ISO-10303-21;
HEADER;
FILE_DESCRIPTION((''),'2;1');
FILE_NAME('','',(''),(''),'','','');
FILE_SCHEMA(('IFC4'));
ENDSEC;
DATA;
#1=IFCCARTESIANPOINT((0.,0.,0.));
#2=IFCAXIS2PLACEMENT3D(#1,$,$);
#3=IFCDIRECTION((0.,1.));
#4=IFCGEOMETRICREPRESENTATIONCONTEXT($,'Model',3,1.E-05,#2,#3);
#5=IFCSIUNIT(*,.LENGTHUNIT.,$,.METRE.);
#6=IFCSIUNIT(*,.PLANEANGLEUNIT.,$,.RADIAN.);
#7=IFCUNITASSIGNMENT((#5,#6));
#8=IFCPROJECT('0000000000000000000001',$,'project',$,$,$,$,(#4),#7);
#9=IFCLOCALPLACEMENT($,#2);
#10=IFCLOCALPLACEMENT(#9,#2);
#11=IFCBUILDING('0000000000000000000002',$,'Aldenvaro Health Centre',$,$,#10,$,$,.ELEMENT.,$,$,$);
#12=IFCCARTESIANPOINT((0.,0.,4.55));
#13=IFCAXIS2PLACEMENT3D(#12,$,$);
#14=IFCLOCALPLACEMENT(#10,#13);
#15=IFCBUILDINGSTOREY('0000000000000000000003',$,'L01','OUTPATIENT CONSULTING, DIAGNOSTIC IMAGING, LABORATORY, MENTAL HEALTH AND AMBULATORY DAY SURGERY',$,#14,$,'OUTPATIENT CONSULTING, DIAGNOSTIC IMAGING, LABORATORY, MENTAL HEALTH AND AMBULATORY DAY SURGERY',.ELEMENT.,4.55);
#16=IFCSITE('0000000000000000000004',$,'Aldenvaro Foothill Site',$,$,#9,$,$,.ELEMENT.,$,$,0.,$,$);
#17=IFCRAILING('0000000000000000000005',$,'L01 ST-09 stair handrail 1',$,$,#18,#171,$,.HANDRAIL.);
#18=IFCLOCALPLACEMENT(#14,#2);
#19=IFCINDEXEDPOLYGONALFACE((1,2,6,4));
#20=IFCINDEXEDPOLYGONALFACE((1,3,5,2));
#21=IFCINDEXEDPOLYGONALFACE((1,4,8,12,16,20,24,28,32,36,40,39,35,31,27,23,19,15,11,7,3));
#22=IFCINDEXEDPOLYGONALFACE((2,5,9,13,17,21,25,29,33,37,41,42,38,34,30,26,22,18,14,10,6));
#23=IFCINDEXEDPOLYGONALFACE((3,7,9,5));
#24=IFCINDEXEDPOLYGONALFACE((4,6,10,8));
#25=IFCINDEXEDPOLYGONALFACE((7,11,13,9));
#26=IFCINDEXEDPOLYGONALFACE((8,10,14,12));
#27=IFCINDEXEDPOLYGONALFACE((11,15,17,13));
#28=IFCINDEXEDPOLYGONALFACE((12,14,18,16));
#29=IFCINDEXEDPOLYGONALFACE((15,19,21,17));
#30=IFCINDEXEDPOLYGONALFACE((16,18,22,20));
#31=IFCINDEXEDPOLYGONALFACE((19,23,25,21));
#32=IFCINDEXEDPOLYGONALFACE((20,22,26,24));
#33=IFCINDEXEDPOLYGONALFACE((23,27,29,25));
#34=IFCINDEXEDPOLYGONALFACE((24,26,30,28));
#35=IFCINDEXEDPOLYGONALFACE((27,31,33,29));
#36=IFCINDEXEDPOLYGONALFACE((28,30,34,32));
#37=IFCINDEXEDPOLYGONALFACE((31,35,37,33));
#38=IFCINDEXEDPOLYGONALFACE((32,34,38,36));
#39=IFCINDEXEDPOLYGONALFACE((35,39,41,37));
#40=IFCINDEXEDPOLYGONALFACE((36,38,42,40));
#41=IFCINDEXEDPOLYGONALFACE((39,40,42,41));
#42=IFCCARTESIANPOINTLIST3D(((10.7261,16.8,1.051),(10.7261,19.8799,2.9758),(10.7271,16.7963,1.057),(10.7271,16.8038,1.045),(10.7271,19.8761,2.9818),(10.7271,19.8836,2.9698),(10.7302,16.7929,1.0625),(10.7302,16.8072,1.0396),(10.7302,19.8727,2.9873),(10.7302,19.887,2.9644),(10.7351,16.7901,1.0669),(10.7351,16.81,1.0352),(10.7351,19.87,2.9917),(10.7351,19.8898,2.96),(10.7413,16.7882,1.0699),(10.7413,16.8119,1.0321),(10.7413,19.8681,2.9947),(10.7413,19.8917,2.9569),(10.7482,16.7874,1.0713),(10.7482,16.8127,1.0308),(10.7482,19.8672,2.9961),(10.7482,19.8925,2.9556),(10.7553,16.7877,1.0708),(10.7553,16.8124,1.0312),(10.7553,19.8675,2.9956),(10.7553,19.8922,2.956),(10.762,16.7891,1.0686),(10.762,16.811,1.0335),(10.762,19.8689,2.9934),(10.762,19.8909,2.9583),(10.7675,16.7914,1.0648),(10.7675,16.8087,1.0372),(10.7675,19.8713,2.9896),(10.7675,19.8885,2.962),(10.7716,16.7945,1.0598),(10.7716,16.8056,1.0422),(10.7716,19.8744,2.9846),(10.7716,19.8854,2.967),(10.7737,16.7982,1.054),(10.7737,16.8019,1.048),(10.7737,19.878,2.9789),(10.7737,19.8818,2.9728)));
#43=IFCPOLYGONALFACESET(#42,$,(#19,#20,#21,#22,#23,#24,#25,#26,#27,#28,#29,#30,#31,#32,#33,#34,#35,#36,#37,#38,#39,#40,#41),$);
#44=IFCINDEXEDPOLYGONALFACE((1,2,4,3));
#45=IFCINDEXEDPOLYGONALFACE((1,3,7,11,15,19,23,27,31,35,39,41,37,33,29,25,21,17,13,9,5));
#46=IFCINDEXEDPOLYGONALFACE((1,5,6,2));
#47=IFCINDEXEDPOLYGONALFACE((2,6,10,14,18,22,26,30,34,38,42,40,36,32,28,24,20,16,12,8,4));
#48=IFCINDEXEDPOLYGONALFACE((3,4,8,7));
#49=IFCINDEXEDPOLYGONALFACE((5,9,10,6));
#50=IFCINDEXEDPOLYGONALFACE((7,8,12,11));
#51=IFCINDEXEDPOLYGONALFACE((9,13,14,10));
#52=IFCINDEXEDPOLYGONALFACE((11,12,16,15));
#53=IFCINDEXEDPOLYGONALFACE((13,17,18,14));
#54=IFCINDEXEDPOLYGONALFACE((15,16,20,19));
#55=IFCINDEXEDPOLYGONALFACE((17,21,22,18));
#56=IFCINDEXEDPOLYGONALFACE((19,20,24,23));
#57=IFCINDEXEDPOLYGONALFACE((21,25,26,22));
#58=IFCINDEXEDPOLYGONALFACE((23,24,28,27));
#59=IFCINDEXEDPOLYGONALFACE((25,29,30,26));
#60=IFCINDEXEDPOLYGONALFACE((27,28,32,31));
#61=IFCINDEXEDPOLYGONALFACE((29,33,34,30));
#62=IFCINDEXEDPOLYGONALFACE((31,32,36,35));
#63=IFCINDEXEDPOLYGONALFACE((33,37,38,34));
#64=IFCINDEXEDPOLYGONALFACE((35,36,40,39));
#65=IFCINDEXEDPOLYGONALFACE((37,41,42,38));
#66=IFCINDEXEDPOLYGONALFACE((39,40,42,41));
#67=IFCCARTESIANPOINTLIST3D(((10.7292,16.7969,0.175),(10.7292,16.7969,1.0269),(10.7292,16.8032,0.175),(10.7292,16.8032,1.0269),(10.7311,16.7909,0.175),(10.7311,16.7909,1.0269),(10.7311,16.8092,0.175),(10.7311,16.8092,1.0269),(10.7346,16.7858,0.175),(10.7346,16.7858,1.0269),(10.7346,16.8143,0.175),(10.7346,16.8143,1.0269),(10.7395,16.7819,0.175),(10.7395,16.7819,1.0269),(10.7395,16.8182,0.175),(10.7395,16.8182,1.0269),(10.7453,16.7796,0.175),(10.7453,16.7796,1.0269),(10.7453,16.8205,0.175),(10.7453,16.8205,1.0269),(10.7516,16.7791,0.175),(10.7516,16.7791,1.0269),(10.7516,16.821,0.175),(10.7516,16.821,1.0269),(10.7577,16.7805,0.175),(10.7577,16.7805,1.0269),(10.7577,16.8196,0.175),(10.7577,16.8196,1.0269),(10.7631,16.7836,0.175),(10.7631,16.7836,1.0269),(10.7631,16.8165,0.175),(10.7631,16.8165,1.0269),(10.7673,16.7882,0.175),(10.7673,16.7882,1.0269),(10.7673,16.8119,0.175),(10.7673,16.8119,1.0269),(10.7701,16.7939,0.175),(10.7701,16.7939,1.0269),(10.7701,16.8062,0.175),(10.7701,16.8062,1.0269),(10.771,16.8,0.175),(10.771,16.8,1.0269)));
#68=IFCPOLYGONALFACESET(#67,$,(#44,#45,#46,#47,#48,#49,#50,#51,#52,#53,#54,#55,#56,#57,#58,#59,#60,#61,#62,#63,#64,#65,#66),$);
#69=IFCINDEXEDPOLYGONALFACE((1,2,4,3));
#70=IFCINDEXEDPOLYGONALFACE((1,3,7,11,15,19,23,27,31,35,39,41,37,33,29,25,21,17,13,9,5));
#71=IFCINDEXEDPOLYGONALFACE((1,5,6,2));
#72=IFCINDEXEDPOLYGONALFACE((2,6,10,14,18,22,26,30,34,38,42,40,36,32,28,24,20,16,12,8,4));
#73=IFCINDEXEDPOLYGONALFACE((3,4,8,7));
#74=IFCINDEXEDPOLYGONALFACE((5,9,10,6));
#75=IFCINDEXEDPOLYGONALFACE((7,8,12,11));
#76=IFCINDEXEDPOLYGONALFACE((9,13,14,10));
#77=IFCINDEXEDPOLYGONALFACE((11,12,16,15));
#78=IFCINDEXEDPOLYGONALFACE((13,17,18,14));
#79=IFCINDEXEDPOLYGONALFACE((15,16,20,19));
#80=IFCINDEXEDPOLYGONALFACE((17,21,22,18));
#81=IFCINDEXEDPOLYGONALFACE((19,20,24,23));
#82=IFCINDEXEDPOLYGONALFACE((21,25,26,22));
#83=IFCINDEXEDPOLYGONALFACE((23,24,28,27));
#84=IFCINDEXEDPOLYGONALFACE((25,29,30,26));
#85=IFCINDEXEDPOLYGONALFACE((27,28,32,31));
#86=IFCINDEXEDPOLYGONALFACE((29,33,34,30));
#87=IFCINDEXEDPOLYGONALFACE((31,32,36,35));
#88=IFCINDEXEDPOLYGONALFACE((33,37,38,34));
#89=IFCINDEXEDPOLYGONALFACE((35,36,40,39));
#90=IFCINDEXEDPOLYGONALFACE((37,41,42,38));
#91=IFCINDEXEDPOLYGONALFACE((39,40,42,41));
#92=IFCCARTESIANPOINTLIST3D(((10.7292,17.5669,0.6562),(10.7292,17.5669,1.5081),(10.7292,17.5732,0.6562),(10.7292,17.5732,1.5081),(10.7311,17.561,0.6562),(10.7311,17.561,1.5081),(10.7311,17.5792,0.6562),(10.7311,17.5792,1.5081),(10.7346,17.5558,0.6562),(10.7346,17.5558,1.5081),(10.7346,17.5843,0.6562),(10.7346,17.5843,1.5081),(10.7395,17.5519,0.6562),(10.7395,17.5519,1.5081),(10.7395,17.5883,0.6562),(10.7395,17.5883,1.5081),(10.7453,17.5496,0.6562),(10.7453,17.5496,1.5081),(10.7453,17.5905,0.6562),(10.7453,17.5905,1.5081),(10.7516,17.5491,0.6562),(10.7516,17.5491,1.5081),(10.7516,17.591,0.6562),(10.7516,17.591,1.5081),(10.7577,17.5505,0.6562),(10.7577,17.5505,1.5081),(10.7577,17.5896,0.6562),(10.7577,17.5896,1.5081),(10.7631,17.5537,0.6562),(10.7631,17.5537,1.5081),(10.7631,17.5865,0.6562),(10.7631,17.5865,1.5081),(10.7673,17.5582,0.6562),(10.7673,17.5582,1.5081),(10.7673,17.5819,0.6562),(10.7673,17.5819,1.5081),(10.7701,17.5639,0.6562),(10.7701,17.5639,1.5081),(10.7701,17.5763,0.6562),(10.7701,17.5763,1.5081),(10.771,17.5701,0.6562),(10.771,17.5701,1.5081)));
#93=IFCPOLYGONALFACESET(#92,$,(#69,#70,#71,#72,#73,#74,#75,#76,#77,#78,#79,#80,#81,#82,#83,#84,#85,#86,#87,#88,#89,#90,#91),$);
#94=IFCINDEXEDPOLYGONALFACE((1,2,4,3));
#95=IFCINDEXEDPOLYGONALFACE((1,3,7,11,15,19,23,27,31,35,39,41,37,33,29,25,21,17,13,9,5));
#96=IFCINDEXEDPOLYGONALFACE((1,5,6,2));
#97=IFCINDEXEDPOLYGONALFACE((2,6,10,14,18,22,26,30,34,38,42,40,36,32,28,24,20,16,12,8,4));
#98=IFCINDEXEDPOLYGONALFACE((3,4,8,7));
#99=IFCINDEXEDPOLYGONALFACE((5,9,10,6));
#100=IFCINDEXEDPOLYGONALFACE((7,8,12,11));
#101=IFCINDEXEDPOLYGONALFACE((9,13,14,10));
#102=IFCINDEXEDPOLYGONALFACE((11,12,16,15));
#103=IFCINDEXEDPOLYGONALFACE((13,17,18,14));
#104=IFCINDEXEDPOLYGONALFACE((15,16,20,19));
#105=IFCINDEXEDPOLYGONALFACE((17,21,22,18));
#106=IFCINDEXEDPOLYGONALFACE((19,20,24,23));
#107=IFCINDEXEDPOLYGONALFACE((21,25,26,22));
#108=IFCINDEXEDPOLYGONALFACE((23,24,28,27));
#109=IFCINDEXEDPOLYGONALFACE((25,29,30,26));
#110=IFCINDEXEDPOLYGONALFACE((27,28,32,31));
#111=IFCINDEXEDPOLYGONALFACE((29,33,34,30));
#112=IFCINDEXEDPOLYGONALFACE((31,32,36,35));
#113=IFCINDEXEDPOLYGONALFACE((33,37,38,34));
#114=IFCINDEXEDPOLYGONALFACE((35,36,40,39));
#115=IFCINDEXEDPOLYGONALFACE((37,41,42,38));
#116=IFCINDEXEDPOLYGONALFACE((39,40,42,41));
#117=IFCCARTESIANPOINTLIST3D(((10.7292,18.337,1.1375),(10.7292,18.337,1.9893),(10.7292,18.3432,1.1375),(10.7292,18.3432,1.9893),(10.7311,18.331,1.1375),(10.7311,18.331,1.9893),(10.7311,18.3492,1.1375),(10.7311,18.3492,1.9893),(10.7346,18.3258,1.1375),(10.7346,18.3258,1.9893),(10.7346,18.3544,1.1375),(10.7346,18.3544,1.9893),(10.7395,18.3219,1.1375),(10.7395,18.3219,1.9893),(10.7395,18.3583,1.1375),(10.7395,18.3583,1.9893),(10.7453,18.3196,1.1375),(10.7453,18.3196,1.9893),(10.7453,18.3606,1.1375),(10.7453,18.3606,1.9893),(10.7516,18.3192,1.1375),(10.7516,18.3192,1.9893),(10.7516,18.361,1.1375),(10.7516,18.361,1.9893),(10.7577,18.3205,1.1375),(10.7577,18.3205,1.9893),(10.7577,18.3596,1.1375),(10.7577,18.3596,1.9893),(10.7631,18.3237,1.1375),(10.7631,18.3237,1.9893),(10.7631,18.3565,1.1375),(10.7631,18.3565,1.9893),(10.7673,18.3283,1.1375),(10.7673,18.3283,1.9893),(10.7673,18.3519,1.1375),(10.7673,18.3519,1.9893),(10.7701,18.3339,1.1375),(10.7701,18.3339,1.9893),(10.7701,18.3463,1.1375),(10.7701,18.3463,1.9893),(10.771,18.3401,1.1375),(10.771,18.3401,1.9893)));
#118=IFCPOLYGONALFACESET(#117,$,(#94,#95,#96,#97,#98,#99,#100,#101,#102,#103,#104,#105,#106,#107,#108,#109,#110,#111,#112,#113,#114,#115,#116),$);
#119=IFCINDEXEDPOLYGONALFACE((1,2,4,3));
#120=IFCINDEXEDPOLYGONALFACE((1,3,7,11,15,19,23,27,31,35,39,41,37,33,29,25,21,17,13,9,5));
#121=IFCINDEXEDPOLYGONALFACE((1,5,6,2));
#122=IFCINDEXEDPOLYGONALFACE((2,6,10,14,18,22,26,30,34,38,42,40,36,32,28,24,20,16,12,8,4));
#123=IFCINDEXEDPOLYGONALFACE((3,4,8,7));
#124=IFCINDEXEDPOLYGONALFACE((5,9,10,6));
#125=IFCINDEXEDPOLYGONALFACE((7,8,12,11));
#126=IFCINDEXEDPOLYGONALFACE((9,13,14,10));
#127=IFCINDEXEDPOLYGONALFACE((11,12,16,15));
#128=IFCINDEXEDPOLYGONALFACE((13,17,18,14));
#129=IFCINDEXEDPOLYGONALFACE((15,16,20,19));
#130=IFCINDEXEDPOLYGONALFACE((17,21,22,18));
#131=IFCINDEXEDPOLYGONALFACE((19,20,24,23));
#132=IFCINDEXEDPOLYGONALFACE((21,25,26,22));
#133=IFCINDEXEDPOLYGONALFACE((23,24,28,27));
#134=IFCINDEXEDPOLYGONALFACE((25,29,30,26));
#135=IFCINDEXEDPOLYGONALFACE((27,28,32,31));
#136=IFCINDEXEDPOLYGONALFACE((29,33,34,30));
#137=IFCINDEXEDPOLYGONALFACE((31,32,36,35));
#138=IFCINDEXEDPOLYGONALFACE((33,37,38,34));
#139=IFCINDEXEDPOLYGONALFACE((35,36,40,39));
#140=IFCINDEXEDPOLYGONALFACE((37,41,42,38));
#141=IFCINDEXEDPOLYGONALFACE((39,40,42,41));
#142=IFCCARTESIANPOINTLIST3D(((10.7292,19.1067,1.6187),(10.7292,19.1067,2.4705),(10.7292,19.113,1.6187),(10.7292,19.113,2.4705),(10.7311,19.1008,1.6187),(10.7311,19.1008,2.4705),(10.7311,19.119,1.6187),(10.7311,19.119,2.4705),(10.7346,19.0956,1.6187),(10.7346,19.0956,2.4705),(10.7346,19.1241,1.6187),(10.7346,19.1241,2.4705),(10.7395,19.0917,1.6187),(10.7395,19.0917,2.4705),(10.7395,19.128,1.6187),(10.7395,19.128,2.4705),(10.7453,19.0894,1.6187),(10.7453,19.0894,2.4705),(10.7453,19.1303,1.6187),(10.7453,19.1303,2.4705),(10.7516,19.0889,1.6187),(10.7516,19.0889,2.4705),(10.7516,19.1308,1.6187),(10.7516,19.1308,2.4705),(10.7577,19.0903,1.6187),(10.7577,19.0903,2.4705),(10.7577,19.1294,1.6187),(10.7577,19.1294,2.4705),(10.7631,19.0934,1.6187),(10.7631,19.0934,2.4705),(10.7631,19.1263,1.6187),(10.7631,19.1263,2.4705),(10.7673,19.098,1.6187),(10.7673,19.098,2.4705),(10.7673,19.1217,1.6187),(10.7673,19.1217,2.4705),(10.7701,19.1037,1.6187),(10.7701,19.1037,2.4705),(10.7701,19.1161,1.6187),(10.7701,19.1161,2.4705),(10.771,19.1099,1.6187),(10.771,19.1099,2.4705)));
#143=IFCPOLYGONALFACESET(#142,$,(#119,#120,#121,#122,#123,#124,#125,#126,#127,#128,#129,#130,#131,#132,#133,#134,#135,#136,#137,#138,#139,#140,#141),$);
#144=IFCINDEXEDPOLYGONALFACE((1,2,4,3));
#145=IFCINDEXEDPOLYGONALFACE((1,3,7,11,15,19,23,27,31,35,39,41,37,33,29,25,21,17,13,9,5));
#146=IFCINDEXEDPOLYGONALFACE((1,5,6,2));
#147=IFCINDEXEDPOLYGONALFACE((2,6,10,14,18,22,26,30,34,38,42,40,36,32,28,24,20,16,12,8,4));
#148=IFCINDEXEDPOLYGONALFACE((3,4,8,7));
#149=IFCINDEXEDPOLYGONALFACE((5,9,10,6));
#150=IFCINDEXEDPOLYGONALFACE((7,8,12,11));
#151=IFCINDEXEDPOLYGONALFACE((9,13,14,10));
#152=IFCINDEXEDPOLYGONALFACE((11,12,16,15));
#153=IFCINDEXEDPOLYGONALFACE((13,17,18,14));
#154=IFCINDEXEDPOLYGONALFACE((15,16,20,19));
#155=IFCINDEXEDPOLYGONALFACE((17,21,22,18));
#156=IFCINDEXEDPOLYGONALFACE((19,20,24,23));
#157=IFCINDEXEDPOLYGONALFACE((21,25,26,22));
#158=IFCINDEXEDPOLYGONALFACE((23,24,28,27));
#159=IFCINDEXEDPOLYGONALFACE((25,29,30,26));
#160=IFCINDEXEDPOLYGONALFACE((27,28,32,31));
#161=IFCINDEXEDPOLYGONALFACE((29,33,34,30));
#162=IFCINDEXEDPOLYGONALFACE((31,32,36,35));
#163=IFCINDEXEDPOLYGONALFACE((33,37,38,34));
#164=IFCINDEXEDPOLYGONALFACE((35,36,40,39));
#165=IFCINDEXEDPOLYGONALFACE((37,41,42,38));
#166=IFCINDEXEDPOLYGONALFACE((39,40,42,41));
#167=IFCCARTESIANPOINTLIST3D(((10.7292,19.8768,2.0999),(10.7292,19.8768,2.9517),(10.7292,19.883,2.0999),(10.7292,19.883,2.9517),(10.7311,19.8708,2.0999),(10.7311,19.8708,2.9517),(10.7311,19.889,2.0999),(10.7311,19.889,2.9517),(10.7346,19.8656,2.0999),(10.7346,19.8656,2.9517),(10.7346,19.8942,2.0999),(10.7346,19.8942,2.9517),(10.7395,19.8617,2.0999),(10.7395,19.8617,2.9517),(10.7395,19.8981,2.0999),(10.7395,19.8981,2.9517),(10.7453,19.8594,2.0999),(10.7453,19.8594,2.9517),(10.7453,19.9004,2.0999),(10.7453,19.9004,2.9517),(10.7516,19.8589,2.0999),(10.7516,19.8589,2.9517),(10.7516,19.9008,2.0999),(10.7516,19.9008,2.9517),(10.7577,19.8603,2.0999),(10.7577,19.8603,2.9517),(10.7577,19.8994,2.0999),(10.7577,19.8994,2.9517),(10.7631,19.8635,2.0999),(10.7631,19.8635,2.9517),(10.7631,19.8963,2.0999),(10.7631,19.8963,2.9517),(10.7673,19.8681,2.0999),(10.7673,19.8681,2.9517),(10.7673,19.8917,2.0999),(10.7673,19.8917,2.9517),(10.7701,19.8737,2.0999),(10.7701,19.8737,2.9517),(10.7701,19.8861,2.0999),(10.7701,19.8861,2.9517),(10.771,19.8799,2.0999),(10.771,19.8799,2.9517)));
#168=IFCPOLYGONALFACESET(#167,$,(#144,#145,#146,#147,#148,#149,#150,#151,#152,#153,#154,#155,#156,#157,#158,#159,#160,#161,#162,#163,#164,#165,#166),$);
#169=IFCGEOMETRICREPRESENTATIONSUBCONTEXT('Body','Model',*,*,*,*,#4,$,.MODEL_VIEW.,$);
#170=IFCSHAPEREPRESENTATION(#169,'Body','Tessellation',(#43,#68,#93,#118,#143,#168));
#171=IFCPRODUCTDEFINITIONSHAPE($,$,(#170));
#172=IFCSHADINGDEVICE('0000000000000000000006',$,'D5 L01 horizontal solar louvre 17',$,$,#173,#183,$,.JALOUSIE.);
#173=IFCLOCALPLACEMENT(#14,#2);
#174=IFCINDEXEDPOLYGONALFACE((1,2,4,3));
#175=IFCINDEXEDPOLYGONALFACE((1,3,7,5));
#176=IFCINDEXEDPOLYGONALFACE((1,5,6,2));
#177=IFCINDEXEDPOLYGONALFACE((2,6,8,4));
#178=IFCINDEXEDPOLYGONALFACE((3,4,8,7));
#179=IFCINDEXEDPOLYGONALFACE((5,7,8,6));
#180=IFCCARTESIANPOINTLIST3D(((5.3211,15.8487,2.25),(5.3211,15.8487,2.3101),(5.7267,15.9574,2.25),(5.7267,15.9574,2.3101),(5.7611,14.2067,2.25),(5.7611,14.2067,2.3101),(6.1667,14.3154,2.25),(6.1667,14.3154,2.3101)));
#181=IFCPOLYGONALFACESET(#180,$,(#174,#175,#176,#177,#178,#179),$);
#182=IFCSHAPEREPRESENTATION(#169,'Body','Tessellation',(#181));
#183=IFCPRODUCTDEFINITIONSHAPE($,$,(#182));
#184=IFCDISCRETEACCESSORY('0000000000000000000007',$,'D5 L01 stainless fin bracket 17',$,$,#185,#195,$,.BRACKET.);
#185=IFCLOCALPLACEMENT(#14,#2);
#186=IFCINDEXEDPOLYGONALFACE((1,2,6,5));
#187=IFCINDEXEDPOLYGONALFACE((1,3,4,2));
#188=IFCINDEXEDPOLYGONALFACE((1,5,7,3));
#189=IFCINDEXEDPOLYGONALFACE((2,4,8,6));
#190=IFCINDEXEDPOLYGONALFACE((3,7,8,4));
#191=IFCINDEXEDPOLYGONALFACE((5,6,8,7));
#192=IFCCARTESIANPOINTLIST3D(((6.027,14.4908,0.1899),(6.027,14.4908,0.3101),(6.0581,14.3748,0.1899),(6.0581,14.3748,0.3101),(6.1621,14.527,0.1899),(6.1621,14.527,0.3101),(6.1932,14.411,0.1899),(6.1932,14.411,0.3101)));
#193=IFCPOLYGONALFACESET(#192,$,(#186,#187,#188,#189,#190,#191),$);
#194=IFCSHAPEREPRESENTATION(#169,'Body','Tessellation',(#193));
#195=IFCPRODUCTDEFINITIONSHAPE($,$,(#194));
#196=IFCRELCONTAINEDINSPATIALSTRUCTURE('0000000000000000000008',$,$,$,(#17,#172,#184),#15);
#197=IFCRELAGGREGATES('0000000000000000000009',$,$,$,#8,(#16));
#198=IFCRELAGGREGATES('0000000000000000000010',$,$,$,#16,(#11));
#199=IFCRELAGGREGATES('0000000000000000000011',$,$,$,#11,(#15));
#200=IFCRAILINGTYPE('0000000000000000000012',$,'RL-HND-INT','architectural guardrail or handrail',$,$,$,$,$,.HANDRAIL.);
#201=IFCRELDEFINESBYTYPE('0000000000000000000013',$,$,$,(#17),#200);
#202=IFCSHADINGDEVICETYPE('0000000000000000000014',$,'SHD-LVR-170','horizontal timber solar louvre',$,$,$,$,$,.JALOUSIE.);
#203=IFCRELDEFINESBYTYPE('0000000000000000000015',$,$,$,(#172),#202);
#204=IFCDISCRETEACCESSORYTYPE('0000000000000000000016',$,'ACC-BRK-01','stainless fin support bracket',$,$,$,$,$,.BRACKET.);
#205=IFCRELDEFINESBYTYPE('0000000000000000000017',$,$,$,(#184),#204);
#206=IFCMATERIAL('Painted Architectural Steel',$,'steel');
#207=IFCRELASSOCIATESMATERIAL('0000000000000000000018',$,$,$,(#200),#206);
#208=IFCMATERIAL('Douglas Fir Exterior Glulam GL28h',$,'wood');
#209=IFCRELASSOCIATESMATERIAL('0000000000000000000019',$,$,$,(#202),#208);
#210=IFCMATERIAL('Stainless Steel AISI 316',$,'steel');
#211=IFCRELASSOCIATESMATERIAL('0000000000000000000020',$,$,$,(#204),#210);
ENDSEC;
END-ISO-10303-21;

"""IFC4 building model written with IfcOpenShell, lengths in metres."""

from ifc_helpers import new_model, si_unit, direction, frame, origin, origin_2d, place, context, subcontext, project, spatial, rectangle, circle, extrude, material, type_object, element, save


model = new_model("IFC4")

# Units and contexts
model_context = context("Model", 3, precision=1e-05, world=origin(), true_north=direction((0.0, 1.0)))
body_context = subcontext(model_context, "Body", "Model", "MODEL_VIEW")
ifc_project = project(units=[si_unit("LENGTHUNIT", "METRE"), si_unit("PLANEANGLEUNIT", "RADIAN")], contexts=[model_context])

# Site, building, storey
site_placement = place(None, origin())
site = spatial("IfcSite", under=ifc_project, at=site_placement, Name="Aldenvaro Foothill Site", CompositionType="ELEMENT", RefElevation=0.0)
building_placement = place(site_placement, origin())
building = spatial("IfcBuilding", under=site, at=building_placement, Name="Aldenvaro Health Centre", CompositionType="ELEMENT")
storey_placement = place(building_placement, frame((0.0, 0.0, 4.55)))
storey = spatial("IfcBuildingStorey", under=building, at=storey_placement, Name="L01", Description="OUTPATIENT CONSULTING, DIAGNOSTIC IMAGING, LABORATORY, MENTAL HEALTH AND AMBULATORY DAY SURGERY", LongName="OUTPATIENT CONSULTING, DIAGNOSTIC IMAGING, LABORATORY, MENTAL HEALTH AND AMBULATORY DAY SURGERY", CompositionType="ELEMENT", Elevation=4.55)

# Railing
ifc_material_1 = material(Name="Painted Architectural Steel", Category="steel")
railing_type_1 = type_object("IfcRailingType", Name="RL-HND-INT", Description="architectural guardrail or handrail", PredefinedType="HANDRAIL", material=ifc_material_1)
railing_1_placement = place(storey_placement, frame((10.75, 16.8, 0.175)))
element("IfcRailing", 1, at=railing_1_placement, inside=storey, type_object=railing_type_1, Name="L01 ST-09 stair handrail 1", PredefinedType="HANDRAIL", context=body_context, shape_type="SweptSolid", body=[
    extrude(circle(Radius=0.0239, at=origin_2d()), frame((0.0, 0.0, 0.876), z_axis=(0.0, 0.84801, 0.529981), x_axis=(-1.0, 0.0, 0.0)), (0.0, 0.0, 1.0), 3.6318),
    extrude(circle(Radius=0.021, at=origin_2d()), origin(), (0.0, 0.0, 1.0), 0.8518),
    extrude(circle(Radius=0.021, at=origin_2d()), frame((0.0, 0.77, 0.4812)), (0.0, 0.0, 1.0), 0.8518),
    extrude(circle(Radius=0.021, at=origin_2d()), frame((0.0, 1.54, 0.9624)), (0.0, 0.0, 1.0), 0.8518),
    extrude(circle(Radius=0.021, at=origin_2d()), frame((0.0, 2.3098, 1.4436)), (0.0, 0.0, 1.0), 0.8518),
    extrude(circle(Radius=0.021, at=origin_2d()), frame((0.0, 3.0798, 1.9248)), (0.0, 0.0, 1.0), 0.8518),
])

# Shading device
ifc_material_2 = material(Name="Douglas Fir Exterior Glulam GL28h", Category="wood")
shading_device_type = type_object("IfcShadingDeviceType", Name="SHD-LVR-170", Description="horizontal timber solar louvre", PredefinedType="JALOUSIE", material=ifc_material_2)
shading_device_placement = place(storey_placement, frame((5.7439, 15.082, 2.25), z_axis=(0.0, 0.0, 1.0), x_axis=(-0.258825, 0.965924, 0.0)))
element("IfcShadingDevice", 2, at=shading_device_placement, inside=storey, type_object=shading_device_type, Name="D5 L01 horizontal solar louvre 17", PredefinedType="JALOUSIE", context=body_context, shape_type="SweptSolid", body=[
    extrude(rectangle(XDim=1.7, YDim=0.4199, at=origin_2d()), origin(), (0.0, 0.0, 1.0), 0.0601),
])

# Discrete accessory
ifc_material_3 = material(Name="Stainless Steel AISI 316", Category="steel")
discrete_accessory_type = type_object("IfcDiscreteAccessoryType", Name="ACC-BRK-01", Description="stainless fin support bracket", PredefinedType="BRACKET", material=ifc_material_3)
discrete_accessory_placement = place(storey_placement, frame((6.1101, 14.4509, 0.1899), z_axis=(0.0, 0.0, 1.0), x_axis=(-0.258825, 0.965924, 0.0)))
element("IfcDiscreteAccessory", 3, at=discrete_accessory_placement, inside=storey, type_object=discrete_accessory_type, Name="D5 L01 stainless fin bracket 17", PredefinedType="BRACKET", context=body_context, shape_type="SweptSolid", body=[
    extrude(rectangle(XDim=0.1201, YDim=0.1399, at=origin_2d()), origin(), (0.0, 0.0, 1.0), 0.1201),
])

save(model, "model.ifc")
